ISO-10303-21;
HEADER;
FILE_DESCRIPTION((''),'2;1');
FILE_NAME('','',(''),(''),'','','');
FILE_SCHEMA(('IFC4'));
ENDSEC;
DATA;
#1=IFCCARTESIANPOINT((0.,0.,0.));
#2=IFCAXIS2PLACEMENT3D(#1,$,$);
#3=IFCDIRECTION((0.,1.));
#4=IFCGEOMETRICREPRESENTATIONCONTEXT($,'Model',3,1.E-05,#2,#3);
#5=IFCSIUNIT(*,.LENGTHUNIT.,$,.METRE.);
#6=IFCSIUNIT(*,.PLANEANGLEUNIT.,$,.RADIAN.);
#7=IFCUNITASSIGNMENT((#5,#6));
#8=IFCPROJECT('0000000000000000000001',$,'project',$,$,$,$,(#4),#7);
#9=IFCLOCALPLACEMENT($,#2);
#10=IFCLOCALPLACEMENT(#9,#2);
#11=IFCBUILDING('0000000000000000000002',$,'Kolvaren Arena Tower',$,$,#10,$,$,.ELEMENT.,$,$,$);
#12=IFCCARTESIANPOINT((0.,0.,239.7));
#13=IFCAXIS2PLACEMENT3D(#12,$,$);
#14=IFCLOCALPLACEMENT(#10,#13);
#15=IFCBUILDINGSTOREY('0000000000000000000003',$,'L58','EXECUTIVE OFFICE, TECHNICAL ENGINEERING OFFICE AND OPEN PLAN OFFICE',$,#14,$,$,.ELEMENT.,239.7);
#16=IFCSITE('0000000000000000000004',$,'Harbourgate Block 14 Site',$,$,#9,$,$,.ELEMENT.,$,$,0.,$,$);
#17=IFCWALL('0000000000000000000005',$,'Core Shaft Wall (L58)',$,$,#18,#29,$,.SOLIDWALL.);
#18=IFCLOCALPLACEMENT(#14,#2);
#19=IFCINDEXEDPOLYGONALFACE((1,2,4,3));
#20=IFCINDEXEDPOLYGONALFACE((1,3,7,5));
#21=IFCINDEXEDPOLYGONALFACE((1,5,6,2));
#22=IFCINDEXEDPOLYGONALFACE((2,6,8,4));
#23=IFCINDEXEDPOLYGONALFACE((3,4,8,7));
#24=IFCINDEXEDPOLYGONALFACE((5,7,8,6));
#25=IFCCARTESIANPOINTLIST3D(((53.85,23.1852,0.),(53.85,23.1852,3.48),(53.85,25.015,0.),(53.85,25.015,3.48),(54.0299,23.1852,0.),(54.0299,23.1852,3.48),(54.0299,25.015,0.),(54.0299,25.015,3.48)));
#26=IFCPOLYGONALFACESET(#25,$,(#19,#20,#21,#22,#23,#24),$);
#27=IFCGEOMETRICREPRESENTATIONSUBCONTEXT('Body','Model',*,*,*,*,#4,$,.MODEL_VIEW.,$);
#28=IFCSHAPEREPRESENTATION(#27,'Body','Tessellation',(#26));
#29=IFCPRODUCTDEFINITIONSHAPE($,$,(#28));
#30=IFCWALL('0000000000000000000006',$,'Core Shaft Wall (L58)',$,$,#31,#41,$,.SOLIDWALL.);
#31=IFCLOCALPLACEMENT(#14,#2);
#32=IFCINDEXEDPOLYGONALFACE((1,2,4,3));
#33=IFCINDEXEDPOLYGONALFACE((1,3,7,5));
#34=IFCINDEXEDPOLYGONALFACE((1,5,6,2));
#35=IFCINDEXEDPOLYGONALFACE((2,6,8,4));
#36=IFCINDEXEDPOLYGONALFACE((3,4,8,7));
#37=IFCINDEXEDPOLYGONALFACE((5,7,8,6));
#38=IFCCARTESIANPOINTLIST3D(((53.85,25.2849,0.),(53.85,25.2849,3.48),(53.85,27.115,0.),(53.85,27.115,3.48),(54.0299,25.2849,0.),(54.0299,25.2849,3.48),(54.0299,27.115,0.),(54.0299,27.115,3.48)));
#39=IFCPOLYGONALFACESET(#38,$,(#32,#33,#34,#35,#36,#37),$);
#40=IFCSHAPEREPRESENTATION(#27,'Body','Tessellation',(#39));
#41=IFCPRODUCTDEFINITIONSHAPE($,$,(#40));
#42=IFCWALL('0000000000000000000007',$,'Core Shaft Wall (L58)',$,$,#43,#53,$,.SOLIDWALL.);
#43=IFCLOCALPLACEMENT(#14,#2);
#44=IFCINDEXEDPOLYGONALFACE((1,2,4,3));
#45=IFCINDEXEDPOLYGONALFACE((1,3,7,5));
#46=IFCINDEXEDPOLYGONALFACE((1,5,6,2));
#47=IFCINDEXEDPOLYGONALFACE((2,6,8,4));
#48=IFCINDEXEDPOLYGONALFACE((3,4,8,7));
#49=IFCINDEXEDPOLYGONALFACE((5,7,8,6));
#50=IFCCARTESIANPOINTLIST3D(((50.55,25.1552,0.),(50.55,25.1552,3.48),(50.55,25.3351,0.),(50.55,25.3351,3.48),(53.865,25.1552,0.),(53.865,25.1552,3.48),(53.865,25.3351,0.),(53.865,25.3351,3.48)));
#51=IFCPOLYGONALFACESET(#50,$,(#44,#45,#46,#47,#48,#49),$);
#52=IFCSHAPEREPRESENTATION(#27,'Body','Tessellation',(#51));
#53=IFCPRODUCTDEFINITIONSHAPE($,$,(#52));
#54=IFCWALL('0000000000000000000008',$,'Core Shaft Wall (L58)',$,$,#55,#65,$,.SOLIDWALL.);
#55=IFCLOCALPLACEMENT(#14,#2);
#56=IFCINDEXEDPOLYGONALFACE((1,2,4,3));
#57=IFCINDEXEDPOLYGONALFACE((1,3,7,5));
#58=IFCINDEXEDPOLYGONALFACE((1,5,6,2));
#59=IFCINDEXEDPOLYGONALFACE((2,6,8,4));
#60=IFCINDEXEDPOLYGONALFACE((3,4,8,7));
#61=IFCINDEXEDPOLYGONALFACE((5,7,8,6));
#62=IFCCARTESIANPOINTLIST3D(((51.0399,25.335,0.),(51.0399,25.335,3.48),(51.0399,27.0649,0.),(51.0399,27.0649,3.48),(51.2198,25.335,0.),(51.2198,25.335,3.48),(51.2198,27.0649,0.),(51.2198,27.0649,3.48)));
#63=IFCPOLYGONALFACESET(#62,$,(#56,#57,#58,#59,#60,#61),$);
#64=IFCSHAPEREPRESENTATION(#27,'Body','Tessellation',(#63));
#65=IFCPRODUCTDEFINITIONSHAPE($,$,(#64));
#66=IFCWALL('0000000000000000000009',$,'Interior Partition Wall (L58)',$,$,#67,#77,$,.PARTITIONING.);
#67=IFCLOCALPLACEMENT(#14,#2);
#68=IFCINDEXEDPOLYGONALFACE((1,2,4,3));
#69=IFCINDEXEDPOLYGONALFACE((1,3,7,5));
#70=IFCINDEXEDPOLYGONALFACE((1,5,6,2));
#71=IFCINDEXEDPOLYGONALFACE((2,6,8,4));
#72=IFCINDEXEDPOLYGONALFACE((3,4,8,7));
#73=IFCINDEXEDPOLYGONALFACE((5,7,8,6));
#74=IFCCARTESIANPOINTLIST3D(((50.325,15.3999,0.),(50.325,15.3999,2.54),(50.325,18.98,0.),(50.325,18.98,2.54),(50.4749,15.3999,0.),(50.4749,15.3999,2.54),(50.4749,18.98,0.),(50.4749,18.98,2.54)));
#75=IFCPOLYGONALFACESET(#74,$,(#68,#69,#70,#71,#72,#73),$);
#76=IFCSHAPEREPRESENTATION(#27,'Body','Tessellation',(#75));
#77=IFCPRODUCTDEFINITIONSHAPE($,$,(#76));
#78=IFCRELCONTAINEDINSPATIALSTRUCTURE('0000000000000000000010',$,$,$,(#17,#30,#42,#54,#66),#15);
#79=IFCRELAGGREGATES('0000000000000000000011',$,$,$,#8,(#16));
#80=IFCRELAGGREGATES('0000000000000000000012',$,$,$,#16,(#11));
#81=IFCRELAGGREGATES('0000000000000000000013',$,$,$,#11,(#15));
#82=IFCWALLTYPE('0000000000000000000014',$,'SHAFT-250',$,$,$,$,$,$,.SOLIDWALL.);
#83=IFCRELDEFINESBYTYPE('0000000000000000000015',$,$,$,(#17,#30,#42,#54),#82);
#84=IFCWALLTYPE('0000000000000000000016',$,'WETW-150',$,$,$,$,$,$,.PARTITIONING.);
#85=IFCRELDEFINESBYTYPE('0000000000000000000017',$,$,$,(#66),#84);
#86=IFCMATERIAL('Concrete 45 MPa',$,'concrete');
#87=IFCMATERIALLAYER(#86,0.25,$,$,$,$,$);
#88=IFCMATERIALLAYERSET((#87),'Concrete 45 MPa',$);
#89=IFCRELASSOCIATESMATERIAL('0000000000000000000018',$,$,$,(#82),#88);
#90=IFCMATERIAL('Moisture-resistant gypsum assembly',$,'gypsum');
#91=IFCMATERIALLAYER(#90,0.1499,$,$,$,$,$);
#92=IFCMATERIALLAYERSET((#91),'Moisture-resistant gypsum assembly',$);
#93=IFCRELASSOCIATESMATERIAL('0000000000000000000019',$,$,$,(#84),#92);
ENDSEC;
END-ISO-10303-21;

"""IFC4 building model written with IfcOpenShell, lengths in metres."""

from ifc_helpers import new_model, si_unit, direction, frame, frame_2d, origin, place, context, subcontext, project, spatial, rectangle, extrude, material, layer, layer_set, type_object, element, save


model = new_model("IFC4")

# Units and contexts
model_context = context("Model", 3, precision=1e-05, world=origin(), true_north=direction((0.0, 1.0)))
body_context = subcontext(model_context, "Body", "Model", "MODEL_VIEW")
ifc_project = project(units=[si_unit("LENGTHUNIT", "METRE"), si_unit("PLANEANGLEUNIT", "RADIAN")], contexts=[model_context])

# Site, building, storey
site_placement = place(None, origin())
site = spatial("IfcSite", under=ifc_project, at=site_placement, Name="Harbourgate Block 14 Site", CompositionType="ELEMENT", RefElevation=0.0)
building_placement = place(site_placement, origin())
building = spatial("IfcBuilding", under=site, at=building_placement, Name="Kolvaren Arena Tower", CompositionType="ELEMENT")
storey_placement = place(building_placement, frame((0.0, 0.0, 239.7)))
storey = spatial("IfcBuildingStorey", under=building, at=storey_placement, Name="L58", Description="EXECUTIVE OFFICE, TECHNICAL ENGINEERING OFFICE AND OPEN PLAN OFFICE", CompositionType="ELEMENT", Elevation=239.7)

# Shared definitions
ifc_material_1 = material(Name="Concrete 45 MPa", Category="concrete")
ifc_layer_1 = layer(ifc_material_1, 0.25)
ifc_layer_set_1 = layer_set([ifc_layer_1], Name="Concrete 45 MPa")
wall_type_1 = type_object("IfcWallType", Name="SHAFT-250", PredefinedType="SOLIDWALL", material=ifc_layer_set_1)

# Walls
wall_1_placement = place(storey_placement, frame((53.9399, 23.1851, 0.0), z_axis=(0.0, 0.0, 1.0), x_axis=(0.0, 1.0, 0.0)))
element("IfcWall", 1, at=wall_1_placement, inside=storey, type_object=wall_type_1, Name="Core Shaft Wall (L58)", PredefinedType="SOLIDWALL", context=body_context, shape_type="SweptSolid", body=[
    extrude(rectangle(XDim=1.8298, YDim=0.1799, at=frame_2d((0.915, 0.0))), origin(), (0.0, 0.0, 1.0), 3.48),
])
wall_2_placement = place(storey_placement, frame((53.9399, 25.2849, 0.0), z_axis=(0.0, 0.0, 1.0), x_axis=(0.0, 1.0, 0.0)))
element("IfcWall", 2, at=wall_2_placement, inside=storey, type_object=wall_type_1, Name="Core Shaft Wall (L58)", PredefinedType="SOLIDWALL", context=body_context, shape_type="SweptSolid", body=[
    extrude(rectangle(XDim=1.8301, YDim=0.1799, at=frame_2d((0.915, 0.0))), origin(), (0.0, 0.0, 1.0), 3.48),
])
wall_3_placement = place(storey_placement, frame((50.55, 25.2451, 0.0), z_axis=(0.0, 0.0, 1.0), x_axis=(1.0, 0.0, 0.0)))
element("IfcWall", 3, at=wall_3_placement, inside=storey, type_object=wall_type_1, Name="Core Shaft Wall (L58)", PredefinedType="SOLIDWALL", context=body_context, shape_type="SweptSolid", body=[
    extrude(rectangle(XDim=3.3149, YDim=0.1799, at=frame_2d((1.6575, 0.0))), origin(), (0.0, 0.0, 1.0), 3.48),
])
wall_4_placement = place(storey_placement, frame((51.1299, 25.335, 0.0), z_axis=(0.0, 0.0, 1.0), x_axis=(0.0, 1.0, 0.0)))
element("IfcWall", 4, at=wall_4_placement, inside=storey, type_object=wall_type_1, Name="Core Shaft Wall (L58)", PredefinedType="SOLIDWALL", context=body_context, shape_type="SweptSolid", body=[
    extrude(rectangle(XDim=1.73, YDim=0.1799, at=frame_2d((0.865, 0.0))), origin(), (0.0, 0.0, 1.0), 3.48),
])
ifc_material_2 = material(Name="Moisture-resistant gypsum assembly", Category="gypsum")
ifc_layer_2 = layer(ifc_material_2, 0.1499)
ifc_layer_set_2 = layer_set([ifc_layer_2], Name="Moisture-resistant gypsum assembly")
wall_type_2 = type_object("IfcWallType", Name="WETW-150", PredefinedType="PARTITIONING", material=ifc_layer_set_2)
wall_5_placement = place(storey_placement, frame((50.3999, 15.3999, 0.0), z_axis=(0.0, 0.0, 1.0), x_axis=(0.0, 1.0, 0.0)))
element("IfcWall", 5, at=wall_5_placement, inside=storey, type_object=wall_type_2, Name="Interior Partition Wall (L58)", PredefinedType="PARTITIONING", context=body_context, shape_type="SweptSolid", body=[
    extrude(rectangle(XDim=3.5801, YDim=0.1499, at=frame_2d((1.79, 0.0))), origin(), (0.0, 0.0, 1.0), 2.54),
])

save(model, "model.ifc")
